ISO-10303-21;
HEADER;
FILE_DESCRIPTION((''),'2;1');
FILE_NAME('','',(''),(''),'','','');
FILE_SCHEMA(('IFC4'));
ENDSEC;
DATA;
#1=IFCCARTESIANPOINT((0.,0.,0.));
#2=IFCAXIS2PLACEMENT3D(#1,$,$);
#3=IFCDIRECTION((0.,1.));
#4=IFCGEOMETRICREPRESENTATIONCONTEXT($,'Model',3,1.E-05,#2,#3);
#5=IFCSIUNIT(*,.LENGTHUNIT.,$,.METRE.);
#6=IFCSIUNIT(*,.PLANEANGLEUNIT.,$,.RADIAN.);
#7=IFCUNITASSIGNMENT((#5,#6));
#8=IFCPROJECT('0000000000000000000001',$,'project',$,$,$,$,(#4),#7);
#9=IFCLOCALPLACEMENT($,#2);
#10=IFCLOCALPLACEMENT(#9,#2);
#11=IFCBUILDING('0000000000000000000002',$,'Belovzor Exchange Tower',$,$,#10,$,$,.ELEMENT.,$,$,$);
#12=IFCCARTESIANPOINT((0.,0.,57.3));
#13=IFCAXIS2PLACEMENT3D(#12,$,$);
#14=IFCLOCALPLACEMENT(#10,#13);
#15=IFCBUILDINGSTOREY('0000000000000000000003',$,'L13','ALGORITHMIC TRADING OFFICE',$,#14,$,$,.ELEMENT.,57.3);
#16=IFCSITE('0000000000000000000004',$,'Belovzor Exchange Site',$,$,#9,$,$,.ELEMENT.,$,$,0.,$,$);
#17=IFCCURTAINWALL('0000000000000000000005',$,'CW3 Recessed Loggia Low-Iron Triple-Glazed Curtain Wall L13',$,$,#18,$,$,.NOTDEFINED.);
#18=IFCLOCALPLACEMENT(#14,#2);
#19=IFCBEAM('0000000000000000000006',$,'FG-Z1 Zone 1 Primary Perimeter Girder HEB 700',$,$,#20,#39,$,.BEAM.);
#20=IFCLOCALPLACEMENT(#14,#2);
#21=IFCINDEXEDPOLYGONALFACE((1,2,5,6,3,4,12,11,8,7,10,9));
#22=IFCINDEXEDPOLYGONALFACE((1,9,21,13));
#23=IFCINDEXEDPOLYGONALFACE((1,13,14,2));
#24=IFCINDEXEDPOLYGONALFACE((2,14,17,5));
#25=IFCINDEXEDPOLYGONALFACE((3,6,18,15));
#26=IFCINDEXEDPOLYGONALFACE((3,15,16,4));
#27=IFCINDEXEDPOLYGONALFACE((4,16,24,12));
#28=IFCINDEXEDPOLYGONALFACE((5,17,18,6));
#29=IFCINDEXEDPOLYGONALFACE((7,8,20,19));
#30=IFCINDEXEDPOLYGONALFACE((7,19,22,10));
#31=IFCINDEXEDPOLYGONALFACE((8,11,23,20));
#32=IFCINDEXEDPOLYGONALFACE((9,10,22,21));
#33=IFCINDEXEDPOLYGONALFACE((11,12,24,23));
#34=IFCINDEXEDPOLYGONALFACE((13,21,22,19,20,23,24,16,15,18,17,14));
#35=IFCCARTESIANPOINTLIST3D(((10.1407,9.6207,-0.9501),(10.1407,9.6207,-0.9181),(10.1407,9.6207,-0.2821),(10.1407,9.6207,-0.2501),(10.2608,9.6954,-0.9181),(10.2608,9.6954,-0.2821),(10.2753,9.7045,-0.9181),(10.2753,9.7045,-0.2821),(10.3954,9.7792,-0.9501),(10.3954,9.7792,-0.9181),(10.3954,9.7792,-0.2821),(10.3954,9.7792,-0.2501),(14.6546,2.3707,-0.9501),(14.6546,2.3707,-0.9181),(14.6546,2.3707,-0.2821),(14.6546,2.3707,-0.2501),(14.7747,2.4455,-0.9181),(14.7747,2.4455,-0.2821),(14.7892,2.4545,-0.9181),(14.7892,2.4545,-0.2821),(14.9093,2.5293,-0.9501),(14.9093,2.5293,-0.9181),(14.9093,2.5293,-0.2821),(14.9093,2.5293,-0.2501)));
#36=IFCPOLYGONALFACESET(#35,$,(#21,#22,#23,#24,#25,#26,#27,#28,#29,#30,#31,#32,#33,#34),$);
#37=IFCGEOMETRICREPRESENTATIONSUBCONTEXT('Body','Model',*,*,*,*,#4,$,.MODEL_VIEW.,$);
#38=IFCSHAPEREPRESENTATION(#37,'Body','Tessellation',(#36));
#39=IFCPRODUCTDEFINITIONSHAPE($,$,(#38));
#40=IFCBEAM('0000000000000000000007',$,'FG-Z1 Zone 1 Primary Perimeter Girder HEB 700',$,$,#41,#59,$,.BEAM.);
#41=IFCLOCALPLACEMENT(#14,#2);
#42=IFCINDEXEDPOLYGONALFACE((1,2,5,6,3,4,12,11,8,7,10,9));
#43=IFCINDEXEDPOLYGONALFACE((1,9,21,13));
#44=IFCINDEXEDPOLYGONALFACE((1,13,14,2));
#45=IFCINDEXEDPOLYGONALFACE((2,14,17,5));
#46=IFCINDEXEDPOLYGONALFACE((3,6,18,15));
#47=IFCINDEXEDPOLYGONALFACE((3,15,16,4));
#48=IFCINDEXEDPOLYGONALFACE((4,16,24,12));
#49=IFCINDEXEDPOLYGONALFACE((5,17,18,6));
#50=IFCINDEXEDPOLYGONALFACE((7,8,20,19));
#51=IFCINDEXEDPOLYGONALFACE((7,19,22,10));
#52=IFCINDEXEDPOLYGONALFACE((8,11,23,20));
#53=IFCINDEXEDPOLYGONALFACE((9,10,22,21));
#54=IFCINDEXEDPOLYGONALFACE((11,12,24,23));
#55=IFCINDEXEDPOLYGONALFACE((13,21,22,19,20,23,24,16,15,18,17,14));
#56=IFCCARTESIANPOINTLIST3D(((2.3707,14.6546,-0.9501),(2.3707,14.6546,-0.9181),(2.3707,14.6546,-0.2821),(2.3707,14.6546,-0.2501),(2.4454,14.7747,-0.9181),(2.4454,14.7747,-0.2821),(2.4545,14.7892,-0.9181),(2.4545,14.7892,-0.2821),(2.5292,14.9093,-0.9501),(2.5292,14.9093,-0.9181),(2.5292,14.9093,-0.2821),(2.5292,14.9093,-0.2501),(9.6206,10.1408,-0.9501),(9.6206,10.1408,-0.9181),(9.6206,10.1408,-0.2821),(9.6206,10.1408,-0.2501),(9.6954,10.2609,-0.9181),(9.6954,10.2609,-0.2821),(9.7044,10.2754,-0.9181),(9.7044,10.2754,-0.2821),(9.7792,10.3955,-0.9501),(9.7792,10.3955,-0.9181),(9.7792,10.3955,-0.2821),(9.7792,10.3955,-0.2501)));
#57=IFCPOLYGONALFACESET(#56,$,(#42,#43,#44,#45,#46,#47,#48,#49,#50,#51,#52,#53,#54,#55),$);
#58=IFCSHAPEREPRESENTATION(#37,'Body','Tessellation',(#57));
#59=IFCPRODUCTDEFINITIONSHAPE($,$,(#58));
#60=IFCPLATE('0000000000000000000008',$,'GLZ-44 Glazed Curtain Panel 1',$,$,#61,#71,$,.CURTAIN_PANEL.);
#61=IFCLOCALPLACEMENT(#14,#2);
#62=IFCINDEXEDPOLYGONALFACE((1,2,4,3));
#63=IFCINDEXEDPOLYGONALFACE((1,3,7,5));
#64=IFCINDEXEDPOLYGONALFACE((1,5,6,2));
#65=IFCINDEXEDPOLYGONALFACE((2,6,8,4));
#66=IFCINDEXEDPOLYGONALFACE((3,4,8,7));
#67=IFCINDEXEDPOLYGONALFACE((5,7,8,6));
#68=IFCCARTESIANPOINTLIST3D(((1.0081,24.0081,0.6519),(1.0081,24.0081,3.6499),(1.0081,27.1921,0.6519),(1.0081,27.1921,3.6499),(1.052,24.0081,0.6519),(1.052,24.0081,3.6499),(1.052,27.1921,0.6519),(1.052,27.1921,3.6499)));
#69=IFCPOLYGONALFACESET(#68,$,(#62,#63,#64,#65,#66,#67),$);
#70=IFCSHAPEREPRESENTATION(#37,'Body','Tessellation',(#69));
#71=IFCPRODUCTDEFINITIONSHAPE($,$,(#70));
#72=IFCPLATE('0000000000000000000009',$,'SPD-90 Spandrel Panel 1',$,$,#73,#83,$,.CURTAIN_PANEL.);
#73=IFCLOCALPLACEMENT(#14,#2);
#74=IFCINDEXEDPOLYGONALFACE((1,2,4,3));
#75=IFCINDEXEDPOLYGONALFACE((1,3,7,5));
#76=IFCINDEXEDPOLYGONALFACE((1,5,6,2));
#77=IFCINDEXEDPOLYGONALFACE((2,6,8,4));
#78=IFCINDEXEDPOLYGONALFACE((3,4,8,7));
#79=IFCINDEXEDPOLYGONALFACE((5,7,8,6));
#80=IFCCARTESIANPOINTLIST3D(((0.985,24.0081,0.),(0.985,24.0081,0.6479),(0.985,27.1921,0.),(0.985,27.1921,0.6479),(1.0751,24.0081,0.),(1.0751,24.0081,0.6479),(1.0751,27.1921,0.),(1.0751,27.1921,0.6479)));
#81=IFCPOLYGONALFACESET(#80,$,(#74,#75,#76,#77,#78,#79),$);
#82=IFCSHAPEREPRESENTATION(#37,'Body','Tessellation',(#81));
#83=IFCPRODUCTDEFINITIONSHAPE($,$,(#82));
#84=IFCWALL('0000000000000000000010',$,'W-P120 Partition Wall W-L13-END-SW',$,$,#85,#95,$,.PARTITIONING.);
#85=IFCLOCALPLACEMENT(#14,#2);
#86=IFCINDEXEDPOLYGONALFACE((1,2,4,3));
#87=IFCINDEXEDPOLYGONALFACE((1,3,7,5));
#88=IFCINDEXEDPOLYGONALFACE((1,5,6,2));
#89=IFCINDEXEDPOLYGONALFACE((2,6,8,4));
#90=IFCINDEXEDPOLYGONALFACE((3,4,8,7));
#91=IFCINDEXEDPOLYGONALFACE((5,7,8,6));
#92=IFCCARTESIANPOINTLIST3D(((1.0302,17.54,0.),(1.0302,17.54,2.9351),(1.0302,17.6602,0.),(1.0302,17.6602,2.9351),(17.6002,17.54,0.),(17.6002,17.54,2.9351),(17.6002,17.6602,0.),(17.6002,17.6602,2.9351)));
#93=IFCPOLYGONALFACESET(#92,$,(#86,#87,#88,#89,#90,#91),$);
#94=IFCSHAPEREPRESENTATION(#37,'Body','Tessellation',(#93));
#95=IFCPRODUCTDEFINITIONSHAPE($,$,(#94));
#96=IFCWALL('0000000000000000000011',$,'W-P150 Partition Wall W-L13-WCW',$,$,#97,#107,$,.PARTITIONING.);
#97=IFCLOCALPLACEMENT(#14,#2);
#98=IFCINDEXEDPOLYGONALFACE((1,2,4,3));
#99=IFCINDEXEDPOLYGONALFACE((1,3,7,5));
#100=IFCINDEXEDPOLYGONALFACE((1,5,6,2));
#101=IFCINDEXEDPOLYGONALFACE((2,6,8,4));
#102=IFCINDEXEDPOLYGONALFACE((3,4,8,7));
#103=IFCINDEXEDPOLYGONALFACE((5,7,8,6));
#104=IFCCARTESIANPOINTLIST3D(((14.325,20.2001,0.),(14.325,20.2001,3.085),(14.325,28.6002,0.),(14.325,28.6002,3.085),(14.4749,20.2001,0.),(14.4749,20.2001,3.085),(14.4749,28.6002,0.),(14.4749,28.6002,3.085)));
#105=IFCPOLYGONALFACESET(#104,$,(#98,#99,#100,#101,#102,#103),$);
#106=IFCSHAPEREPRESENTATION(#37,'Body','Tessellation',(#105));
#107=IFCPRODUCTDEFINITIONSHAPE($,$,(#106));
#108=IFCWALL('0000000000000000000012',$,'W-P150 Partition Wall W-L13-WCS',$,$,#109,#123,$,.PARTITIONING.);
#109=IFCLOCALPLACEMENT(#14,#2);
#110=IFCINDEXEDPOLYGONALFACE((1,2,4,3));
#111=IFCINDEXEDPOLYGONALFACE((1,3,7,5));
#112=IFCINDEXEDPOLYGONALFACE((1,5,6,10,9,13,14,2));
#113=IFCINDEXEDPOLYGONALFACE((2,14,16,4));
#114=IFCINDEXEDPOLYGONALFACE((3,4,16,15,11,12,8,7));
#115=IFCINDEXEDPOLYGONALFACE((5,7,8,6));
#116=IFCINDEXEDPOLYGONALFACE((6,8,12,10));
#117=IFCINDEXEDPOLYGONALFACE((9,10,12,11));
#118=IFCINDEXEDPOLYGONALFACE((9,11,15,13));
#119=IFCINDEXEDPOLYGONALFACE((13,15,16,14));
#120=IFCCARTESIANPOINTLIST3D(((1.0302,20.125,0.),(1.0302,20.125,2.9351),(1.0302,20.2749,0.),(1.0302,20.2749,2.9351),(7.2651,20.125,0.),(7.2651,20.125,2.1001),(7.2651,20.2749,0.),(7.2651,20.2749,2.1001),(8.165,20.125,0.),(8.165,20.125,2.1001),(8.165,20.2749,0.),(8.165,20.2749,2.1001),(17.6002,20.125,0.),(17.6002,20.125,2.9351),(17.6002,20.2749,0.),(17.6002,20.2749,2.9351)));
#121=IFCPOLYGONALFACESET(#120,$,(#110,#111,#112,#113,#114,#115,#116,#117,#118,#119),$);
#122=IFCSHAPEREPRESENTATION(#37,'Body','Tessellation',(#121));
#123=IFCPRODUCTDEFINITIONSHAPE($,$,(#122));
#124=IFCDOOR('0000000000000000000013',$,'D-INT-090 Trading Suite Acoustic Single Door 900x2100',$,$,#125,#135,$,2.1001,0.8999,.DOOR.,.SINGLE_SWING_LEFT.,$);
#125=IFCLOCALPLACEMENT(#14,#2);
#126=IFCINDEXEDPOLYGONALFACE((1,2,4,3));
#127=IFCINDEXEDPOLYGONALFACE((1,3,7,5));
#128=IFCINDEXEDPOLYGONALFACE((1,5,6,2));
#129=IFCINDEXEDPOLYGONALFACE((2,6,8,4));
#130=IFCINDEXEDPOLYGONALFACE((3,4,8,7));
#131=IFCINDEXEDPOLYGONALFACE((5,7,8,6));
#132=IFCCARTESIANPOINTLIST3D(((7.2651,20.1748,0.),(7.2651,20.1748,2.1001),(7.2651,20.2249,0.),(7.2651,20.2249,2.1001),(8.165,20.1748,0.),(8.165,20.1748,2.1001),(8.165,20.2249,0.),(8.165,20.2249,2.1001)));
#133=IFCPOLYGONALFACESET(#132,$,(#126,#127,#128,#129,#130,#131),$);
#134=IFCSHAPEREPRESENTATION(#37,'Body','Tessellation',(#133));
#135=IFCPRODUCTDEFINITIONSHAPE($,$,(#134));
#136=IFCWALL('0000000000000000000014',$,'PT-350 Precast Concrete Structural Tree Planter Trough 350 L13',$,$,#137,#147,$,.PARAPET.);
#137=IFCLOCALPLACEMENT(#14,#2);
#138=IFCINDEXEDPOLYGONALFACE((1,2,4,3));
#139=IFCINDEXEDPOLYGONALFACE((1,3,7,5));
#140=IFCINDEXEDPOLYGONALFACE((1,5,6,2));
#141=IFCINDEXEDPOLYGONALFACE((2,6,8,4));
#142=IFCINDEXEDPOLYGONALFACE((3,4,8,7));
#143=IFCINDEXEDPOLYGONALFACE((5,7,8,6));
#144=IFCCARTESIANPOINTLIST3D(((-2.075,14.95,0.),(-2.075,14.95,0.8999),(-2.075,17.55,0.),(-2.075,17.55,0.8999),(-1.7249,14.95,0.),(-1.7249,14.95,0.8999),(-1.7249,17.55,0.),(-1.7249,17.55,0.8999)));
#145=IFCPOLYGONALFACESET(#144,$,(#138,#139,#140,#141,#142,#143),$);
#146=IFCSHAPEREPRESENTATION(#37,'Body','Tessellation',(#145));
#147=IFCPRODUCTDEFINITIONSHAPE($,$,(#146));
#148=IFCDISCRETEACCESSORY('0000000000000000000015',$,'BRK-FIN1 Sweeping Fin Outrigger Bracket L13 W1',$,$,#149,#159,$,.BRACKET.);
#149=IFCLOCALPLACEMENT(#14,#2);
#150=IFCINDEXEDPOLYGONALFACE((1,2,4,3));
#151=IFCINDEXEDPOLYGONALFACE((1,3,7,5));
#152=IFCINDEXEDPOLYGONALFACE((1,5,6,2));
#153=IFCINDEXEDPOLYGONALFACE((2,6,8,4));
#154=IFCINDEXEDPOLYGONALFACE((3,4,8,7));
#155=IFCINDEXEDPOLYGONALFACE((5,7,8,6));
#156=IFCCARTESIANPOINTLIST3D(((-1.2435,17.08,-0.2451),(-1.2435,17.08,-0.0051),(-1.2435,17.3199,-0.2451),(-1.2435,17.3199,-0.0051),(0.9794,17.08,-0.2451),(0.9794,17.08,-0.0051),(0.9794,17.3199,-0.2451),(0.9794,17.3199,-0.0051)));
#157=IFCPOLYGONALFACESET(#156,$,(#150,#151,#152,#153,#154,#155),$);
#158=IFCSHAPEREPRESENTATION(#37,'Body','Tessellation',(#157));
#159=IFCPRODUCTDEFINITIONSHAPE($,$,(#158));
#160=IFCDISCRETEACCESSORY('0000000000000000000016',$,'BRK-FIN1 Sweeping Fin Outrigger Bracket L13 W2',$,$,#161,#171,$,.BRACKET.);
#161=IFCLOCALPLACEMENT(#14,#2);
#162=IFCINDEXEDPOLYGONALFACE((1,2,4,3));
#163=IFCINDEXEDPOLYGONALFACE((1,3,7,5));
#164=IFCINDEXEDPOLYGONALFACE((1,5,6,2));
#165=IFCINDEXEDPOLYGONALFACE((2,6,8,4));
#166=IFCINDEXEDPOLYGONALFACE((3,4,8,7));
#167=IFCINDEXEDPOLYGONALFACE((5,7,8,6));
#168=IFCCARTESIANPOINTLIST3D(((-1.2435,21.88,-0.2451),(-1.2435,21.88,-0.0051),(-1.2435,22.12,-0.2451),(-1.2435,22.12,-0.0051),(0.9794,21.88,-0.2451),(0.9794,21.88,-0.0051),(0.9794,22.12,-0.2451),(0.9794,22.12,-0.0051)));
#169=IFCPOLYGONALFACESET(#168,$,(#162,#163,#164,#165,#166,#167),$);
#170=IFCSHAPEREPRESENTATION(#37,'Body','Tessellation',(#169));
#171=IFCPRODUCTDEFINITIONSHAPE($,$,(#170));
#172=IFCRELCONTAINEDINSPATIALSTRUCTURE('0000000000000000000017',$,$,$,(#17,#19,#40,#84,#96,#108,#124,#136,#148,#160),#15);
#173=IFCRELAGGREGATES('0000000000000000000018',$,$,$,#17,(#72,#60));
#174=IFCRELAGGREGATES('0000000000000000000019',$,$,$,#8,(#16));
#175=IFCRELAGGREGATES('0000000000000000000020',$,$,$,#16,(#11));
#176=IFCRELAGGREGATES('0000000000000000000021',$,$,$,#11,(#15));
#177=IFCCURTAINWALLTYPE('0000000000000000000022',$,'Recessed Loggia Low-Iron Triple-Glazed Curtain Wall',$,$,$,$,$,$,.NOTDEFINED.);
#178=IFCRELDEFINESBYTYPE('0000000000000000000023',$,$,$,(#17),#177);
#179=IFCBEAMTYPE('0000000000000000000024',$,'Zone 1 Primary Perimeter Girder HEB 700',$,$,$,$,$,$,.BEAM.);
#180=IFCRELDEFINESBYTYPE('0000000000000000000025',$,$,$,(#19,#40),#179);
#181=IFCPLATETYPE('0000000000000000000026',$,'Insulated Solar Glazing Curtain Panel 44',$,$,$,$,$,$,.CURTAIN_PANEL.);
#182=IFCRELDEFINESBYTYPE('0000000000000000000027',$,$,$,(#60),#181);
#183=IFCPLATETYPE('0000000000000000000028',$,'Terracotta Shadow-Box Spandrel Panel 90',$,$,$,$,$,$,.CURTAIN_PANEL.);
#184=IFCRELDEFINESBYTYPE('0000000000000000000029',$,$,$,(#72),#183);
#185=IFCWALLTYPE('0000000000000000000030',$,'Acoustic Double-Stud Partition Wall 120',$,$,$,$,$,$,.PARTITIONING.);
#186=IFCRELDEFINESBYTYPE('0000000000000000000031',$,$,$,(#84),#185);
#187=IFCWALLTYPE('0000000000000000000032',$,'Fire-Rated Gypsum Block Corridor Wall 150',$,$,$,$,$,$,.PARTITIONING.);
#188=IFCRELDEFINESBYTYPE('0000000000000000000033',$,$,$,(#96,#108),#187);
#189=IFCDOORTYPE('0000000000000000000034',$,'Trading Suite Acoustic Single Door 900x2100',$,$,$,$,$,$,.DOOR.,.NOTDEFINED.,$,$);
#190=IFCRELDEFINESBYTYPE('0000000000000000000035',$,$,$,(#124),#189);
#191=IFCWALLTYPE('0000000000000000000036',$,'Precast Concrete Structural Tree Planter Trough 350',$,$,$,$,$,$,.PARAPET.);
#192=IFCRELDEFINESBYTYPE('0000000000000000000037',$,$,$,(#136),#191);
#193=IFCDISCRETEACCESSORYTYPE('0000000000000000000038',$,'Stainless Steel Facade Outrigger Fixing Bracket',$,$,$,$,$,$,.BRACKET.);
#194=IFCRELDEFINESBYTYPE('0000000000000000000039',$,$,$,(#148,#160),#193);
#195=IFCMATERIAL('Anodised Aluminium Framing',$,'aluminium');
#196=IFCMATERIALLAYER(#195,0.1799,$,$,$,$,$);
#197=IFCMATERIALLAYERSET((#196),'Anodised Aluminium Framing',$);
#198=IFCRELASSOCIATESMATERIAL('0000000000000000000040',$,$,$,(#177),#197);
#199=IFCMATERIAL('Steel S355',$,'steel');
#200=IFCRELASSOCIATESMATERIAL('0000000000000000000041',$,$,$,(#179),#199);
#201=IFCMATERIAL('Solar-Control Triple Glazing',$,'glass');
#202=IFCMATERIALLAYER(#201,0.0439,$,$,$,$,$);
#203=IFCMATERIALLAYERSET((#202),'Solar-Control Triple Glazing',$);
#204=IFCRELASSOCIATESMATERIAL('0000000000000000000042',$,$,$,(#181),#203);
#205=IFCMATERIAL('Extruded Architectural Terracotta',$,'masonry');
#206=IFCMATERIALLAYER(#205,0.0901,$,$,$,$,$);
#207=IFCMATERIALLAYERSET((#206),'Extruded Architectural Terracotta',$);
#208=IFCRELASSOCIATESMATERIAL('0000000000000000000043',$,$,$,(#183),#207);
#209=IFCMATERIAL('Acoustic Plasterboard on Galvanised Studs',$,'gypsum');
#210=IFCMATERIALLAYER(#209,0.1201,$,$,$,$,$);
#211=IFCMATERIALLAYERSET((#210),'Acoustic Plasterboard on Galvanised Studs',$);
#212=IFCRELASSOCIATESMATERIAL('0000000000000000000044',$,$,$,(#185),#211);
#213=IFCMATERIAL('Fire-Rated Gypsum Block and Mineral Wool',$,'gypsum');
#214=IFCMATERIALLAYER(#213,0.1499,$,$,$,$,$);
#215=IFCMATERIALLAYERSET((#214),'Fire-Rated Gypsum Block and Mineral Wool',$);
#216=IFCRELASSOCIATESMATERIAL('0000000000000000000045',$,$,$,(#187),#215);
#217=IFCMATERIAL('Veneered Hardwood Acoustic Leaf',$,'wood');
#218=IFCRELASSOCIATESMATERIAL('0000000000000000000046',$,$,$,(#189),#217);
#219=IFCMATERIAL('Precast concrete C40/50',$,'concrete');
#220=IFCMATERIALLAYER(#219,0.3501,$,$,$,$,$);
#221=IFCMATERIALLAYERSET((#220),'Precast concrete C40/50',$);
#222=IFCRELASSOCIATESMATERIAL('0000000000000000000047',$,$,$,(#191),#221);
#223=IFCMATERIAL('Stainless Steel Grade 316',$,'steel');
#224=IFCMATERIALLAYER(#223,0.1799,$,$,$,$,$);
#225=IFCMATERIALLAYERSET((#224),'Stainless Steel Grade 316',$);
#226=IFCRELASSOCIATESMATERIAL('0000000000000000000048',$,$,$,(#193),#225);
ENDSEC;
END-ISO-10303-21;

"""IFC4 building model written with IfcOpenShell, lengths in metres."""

from ifc_helpers import new_model, si_unit, direction, frame, frame_2d, origin, origin_2d, place, context, subcontext, project, spatial, rectangle, i_section, extrude, material, layer, layer_set, material_profile, profile_set, type_object, element, fill, aggregate, save


model = new_model("IFC4")

# Units and contexts
model_context = context("Model", 3, precision=1e-05, world=origin(), true_north=direction((0.0, 1.0)))
body_context = subcontext(model_context, "Body", "Model", "MODEL_VIEW")
ifc_project = project(units=[si_unit("LENGTHUNIT", "METRE"), si_unit("PLANEANGLEUNIT", "RADIAN")], contexts=[model_context])

# Site, building, storey
site_placement = place(None, origin())
site = spatial("IfcSite", under=ifc_project, at=site_placement, Name="Belovzor Exchange Site", CompositionType="ELEMENT", RefElevation=0.0)
building_placement = place(site_placement, origin())
building = spatial("IfcBuilding", under=site, at=building_placement, Name="Belovzor Exchange Tower", CompositionType="ELEMENT")
storey_placement = place(building_placement, frame((0.0, 0.0, 57.3)))
storey = spatial("IfcBuildingStorey", under=building, at=storey_placement, Name="L13", Description="ALGORITHMIC TRADING OFFICE", CompositionType="ELEMENT", Elevation=57.3)

# Curtain wall
ifc_material_1 = material(Name="Anodised Aluminium Framing", Category="aluminium")
ifc_layer_1 = layer(ifc_material_1, 0.1799)
ifc_layer_set_1 = layer_set([ifc_layer_1], Name="Anodised Aluminium Framing")
curtain_wall_type = type_object("IfcCurtainWallType", Name="Recessed Loggia Low-Iron Triple-Glazed Curtain Wall", PredefinedType="NOTDEFINED", material=ifc_layer_set_1)
curtain_wall_placement = place(storey_placement, origin())
curtain_wall = element("IfcCurtainWall", 1, at=curtain_wall_placement, inside=storey, type_object=curtain_wall_type, Name="CW3 Recessed Loggia Low-Iron Triple-Glazed Curtain Wall L13", PredefinedType="NOTDEFINED")

# Beams
ifc_material_2 = material(Name="Steel S355", Category="steel")
ifc_material_profile_1 = material_profile(ifc_material_2, i_section(OverallWidth=0.3, OverallDepth=0.7, WebThickness=0.0171, FlangeThickness=0.032, at=origin_2d()))
ifc_profile_set_1 = profile_set([ifc_material_profile_1], Name="Steel S355")
beam_type_1 = type_object("IfcBeamType", Name="Zone 1 Primary Perimeter Girder HEB 700", PredefinedType="BEAM", material=ifc_profile_set_1)
for number, where, z_axis, x_axis, name in (
    (2, (10.2681, 9.7, -0.6001), (0.528539, -0.848909, 0.0), (0.848909, 0.528539, 0.0), "FG-Z1 Zone 1 Primary Perimeter Girder HEB 700"),
    (3, (2.45, 14.782, -0.6001), (0.848909, -0.528539, 0.0), (0.528539, 0.848909, 0.0), "FG-Z1 Zone 1 Primary Perimeter Girder HEB 700"),
):
    element("IfcBeam", number, at=place(storey_placement, frame(where, z_axis=z_axis, x_axis=x_axis)), inside=storey, type_object=beam_type_1, Name=name, PredefinedType="BEAM", context=body_context, shape_type="SweptSolid", body=[
        extrude(i_section(OverallWidth=0.3, OverallDepth=0.7, WebThickness=0.0171, FlangeThickness=0.032, at=origin_2d()), origin(), (0.0, 0.0, 1.0), 8.5403),
    ])

# Plates
ifc_material_3 = material(Name="Solar-Control Triple Glazing", Category="glass")
ifc_layer_2 = layer(ifc_material_3, 0.0439)
ifc_layer_set_2 = layer_set([ifc_layer_2], Name="Solar-Control Triple Glazing")
plate_type_1 = type_object("IfcPlateType", Name="Insulated Solar Glazing Curtain Panel 44", PredefinedType="CURTAIN_PANEL", material=ifc_layer_set_2)
plate_1_placement = place(storey_placement, frame((1.03, 25.6001, 0.6519), z_axis=(0.0, 0.0, 1.0), x_axis=(0.0, 1.0, 0.0)))
plate_1 = element("IfcPlate", 4, at=plate_1_placement, type_object=plate_type_1, Name="GLZ-44 Glazed Curtain Panel 1", PredefinedType="CURTAIN_PANEL", context=body_context, shape_type="SweptSolid", body=[
    extrude(rectangle(XDim=3.1841, YDim=0.0439, at=origin_2d()), origin(), (0.0, 0.0, 1.0), 2.998),
])
ifc_material_4 = material(Name="Extruded Architectural Terracotta", Category="masonry")
ifc_layer_3 = layer(ifc_material_4, 0.0901)
ifc_layer_set_3 = layer_set([ifc_layer_3], Name="Extruded Architectural Terracotta")
plate_type_2 = type_object("IfcPlateType", Name="Terracotta Shadow-Box Spandrel Panel 90", PredefinedType="CURTAIN_PANEL", material=ifc_layer_set_3)
plate_2_placement = place(storey_placement, frame((1.03, 25.6001, 0.0), z_axis=(0.0, 0.0, 1.0), x_axis=(0.0, 1.0, 0.0)))
plate_2 = element("IfcPlate", 5, at=plate_2_placement, type_object=plate_type_2, Name="SPD-90 Spandrel Panel 1", PredefinedType="CURTAIN_PANEL", context=body_context, shape_type="SweptSolid", body=[
    extrude(rectangle(XDim=3.1841, YDim=0.0901, at=origin_2d()), origin(), (0.0, 0.0, 1.0), 0.6479),
])
aggregate(curtain_wall, [plate_2, plate_1])

# Walls
ifc_material_5 = material(Name="Acoustic Plasterboard on Galvanised Studs", Category="gypsum")
ifc_layer_4 = layer(ifc_material_5, 0.1201)
ifc_layer_set_4 = layer_set([ifc_layer_4], Name="Acoustic Plasterboard on Galvanised Studs")
wall_type_1 = type_object("IfcWallType", Name="Acoustic Double-Stud Partition Wall 120", PredefinedType="PARTITIONING", material=ifc_layer_set_4)
wall_1_placement = place(storey_placement, frame((1.03, 17.6001, 0.0), z_axis=(0.0, 0.0, 1.0), x_axis=(1.0, 0.0, 0.0)))
element("IfcWall", 6, at=wall_1_placement, inside=storey, type_object=wall_type_1, Name="W-P120 Partition Wall W-L13-END-SW", PredefinedType="PARTITIONING", context=body_context, shape_type="SweptSolid", body=[
    extrude(rectangle(XDim=16.5701, YDim=0.1201, at=frame_2d((8.2852, 0.0))), origin(), (0.0, 0.0, 1.0), 2.9351),
])
ifc_material_6 = material(Name="Fire-Rated Gypsum Block and Mineral Wool", Category="gypsum")
ifc_layer_5 = layer(ifc_material_6, 0.1499)
ifc_layer_set_5 = layer_set([ifc_layer_5], Name="Fire-Rated Gypsum Block and Mineral Wool")
wall_type_2 = type_object("IfcWallType", Name="Fire-Rated Gypsum Block Corridor Wall 150", PredefinedType="PARTITIONING", material=ifc_layer_set_5)
wall_2_placement = place(storey_placement, frame((14.3999, 20.2, 0.0), z_axis=(0.0, 0.0, 1.0), x_axis=(0.0, 1.0, 0.0)))
element("IfcWall", 7, at=wall_2_placement, inside=storey, type_object=wall_type_2, Name="W-P150 Partition Wall W-L13-WCW", PredefinedType="PARTITIONING", context=body_context, shape_type="SweptSolid", body=[
    extrude(rectangle(XDim=8.4001, YDim=0.1499, at=frame_2d((4.2002, 0.0))), origin(), (0.0, 0.0, 1.0), 3.085),
])

# Wall, opening, door
wall_3_placement = place(storey_placement, frame((1.03, 20.2, 0.0), z_axis=(0.0, 0.0, 1.0), x_axis=(1.0, 0.0, 0.0)))
wall_3 = element("IfcWall", 8, at=wall_3_placement, inside=storey, type_object=wall_type_2, Name="W-P150 Partition Wall W-L13-WCS", PredefinedType="PARTITIONING", context=body_context, shape_type="SweptSolid", body=[
    extrude(rectangle(XDim=16.5701, YDim=0.1499, at=frame_2d((8.2852, 0.0))), origin(), (0.0, 0.0, 1.0), 2.9351),
])
opening_placement = place(wall_3_placement, frame((6.2351, 0.0, 0.0)))
opening = element("IfcOpeningElement", 9, at=opening_placement, cuts=wall_3, PredefinedType="OPENING", context=body_context, shape_type="SweptSolid", body=[
    extrude(rectangle(XDim=0.8999, YDim=2.1001, at=frame_2d((0.45, 1.05))), frame((0.0, 0.085, 0.0), z_axis=(0.0, -1.0, 0.0), x_axis=(1.0, 0.0, 0.0)), (0.0, 0.0, 1.0), 0.1699),
])
ifc_material_7 = material(Name="Veneered Hardwood Acoustic Leaf", Category="wood")
door_type = type_object("IfcDoorType", Name="Trading Suite Acoustic Single Door 900x2100", OperationType="NOTDEFINED", PredefinedType="DOOR", material=ifc_material_7)
door_placement = place(opening_placement, origin())
door = element("IfcDoor", 10, at=door_placement, inside=storey, type_object=door_type, Name="D-INT-090 Trading Suite Acoustic Single Door 900x2100", OperationType="SINGLE_SWING_LEFT", OverallHeight=2.1001, OverallWidth=0.8999, PredefinedType="DOOR", context=body_context, shape_type="SweptSolid", body=[
    extrude(rectangle(XDim=0.8999, YDim=2.1001, at=frame_2d((0.45, 1.05))), frame((0.0, 0.0249, 0.0), z_axis=(0.0, -1.0, 0.0), x_axis=(1.0, 0.0, 0.0)), (0.0, 0.0, 1.0), 0.05),
])
fill(opening, door)

# Wall
ifc_material_8 = material(Name="Precast concrete C40/50", Category="concrete")
ifc_layer_6 = layer(ifc_material_8, 0.3501)
ifc_layer_set_6 = layer_set([ifc_layer_6], Name="Precast concrete C40/50")
wall_type_3 = type_object("IfcWallType", Name="Precast Concrete Structural Tree Planter Trough 350", PredefinedType="PARAPET", material=ifc_layer_set_6)
wall_4_placement = place(storey_placement, frame((-1.8999, 14.95, 0.0), z_axis=(0.0, 0.0, 1.0), x_axis=(0.0, 1.0, 0.0)))
element("IfcWall", 11, at=wall_4_placement, inside=storey, type_object=wall_type_3, Name="PT-350 Precast Concrete Structural Tree Planter Trough 350 L13", PredefinedType="PARAPET", context=body_context, shape_type="SweptSolid", body=[
    extrude(rectangle(XDim=2.6001, YDim=0.3501, at=frame_2d((1.3, 0.0))), origin(), (0.0, 0.0, 1.0), 0.8999),
])

# Discrete accessories
ifc_material_9 = material(Name="Stainless Steel Grade 316", Category="steel")
ifc_layer_7 = layer(ifc_material_9, 0.1799)
ifc_layer_set_7 = layer_set([ifc_layer_7], Name="Stainless Steel Grade 316")
discrete_accessory_type = type_object("IfcDiscreteAccessoryType", Name="Stainless Steel Facade Outrigger Fixing Bracket", PredefinedType="BRACKET", material=ifc_layer_set_7)
for number, where, z_axis, x_axis, name in (
    (12, (-0.1321, 17.2, -0.2451), (0.0, 0.0, 1.0), (1.0, 0.0, 0.0), "BRK-FIN1 Sweeping Fin Outrigger Bracket L13 W1"),
    (13, (-0.1321, 22.0, -0.2451), (0.0, 0.0, 1.0), (1.0, 0.0, 0.0), "BRK-FIN1 Sweeping Fin Outrigger Bracket L13 W2"),
):
    element("IfcDiscreteAccessory", number, at=place(storey_placement, frame(where, z_axis=z_axis, x_axis=x_axis)), inside=storey, type_object=discrete_accessory_type, Name=name, PredefinedType="BRACKET", context=body_context, shape_type="SweptSolid", body=[
        extrude(rectangle(XDim=2.2229, YDim=0.24, at=origin_2d()), origin(), (0.0, 0.0, 1.0), 0.24),
    ])

save(model, "model.ifc")
